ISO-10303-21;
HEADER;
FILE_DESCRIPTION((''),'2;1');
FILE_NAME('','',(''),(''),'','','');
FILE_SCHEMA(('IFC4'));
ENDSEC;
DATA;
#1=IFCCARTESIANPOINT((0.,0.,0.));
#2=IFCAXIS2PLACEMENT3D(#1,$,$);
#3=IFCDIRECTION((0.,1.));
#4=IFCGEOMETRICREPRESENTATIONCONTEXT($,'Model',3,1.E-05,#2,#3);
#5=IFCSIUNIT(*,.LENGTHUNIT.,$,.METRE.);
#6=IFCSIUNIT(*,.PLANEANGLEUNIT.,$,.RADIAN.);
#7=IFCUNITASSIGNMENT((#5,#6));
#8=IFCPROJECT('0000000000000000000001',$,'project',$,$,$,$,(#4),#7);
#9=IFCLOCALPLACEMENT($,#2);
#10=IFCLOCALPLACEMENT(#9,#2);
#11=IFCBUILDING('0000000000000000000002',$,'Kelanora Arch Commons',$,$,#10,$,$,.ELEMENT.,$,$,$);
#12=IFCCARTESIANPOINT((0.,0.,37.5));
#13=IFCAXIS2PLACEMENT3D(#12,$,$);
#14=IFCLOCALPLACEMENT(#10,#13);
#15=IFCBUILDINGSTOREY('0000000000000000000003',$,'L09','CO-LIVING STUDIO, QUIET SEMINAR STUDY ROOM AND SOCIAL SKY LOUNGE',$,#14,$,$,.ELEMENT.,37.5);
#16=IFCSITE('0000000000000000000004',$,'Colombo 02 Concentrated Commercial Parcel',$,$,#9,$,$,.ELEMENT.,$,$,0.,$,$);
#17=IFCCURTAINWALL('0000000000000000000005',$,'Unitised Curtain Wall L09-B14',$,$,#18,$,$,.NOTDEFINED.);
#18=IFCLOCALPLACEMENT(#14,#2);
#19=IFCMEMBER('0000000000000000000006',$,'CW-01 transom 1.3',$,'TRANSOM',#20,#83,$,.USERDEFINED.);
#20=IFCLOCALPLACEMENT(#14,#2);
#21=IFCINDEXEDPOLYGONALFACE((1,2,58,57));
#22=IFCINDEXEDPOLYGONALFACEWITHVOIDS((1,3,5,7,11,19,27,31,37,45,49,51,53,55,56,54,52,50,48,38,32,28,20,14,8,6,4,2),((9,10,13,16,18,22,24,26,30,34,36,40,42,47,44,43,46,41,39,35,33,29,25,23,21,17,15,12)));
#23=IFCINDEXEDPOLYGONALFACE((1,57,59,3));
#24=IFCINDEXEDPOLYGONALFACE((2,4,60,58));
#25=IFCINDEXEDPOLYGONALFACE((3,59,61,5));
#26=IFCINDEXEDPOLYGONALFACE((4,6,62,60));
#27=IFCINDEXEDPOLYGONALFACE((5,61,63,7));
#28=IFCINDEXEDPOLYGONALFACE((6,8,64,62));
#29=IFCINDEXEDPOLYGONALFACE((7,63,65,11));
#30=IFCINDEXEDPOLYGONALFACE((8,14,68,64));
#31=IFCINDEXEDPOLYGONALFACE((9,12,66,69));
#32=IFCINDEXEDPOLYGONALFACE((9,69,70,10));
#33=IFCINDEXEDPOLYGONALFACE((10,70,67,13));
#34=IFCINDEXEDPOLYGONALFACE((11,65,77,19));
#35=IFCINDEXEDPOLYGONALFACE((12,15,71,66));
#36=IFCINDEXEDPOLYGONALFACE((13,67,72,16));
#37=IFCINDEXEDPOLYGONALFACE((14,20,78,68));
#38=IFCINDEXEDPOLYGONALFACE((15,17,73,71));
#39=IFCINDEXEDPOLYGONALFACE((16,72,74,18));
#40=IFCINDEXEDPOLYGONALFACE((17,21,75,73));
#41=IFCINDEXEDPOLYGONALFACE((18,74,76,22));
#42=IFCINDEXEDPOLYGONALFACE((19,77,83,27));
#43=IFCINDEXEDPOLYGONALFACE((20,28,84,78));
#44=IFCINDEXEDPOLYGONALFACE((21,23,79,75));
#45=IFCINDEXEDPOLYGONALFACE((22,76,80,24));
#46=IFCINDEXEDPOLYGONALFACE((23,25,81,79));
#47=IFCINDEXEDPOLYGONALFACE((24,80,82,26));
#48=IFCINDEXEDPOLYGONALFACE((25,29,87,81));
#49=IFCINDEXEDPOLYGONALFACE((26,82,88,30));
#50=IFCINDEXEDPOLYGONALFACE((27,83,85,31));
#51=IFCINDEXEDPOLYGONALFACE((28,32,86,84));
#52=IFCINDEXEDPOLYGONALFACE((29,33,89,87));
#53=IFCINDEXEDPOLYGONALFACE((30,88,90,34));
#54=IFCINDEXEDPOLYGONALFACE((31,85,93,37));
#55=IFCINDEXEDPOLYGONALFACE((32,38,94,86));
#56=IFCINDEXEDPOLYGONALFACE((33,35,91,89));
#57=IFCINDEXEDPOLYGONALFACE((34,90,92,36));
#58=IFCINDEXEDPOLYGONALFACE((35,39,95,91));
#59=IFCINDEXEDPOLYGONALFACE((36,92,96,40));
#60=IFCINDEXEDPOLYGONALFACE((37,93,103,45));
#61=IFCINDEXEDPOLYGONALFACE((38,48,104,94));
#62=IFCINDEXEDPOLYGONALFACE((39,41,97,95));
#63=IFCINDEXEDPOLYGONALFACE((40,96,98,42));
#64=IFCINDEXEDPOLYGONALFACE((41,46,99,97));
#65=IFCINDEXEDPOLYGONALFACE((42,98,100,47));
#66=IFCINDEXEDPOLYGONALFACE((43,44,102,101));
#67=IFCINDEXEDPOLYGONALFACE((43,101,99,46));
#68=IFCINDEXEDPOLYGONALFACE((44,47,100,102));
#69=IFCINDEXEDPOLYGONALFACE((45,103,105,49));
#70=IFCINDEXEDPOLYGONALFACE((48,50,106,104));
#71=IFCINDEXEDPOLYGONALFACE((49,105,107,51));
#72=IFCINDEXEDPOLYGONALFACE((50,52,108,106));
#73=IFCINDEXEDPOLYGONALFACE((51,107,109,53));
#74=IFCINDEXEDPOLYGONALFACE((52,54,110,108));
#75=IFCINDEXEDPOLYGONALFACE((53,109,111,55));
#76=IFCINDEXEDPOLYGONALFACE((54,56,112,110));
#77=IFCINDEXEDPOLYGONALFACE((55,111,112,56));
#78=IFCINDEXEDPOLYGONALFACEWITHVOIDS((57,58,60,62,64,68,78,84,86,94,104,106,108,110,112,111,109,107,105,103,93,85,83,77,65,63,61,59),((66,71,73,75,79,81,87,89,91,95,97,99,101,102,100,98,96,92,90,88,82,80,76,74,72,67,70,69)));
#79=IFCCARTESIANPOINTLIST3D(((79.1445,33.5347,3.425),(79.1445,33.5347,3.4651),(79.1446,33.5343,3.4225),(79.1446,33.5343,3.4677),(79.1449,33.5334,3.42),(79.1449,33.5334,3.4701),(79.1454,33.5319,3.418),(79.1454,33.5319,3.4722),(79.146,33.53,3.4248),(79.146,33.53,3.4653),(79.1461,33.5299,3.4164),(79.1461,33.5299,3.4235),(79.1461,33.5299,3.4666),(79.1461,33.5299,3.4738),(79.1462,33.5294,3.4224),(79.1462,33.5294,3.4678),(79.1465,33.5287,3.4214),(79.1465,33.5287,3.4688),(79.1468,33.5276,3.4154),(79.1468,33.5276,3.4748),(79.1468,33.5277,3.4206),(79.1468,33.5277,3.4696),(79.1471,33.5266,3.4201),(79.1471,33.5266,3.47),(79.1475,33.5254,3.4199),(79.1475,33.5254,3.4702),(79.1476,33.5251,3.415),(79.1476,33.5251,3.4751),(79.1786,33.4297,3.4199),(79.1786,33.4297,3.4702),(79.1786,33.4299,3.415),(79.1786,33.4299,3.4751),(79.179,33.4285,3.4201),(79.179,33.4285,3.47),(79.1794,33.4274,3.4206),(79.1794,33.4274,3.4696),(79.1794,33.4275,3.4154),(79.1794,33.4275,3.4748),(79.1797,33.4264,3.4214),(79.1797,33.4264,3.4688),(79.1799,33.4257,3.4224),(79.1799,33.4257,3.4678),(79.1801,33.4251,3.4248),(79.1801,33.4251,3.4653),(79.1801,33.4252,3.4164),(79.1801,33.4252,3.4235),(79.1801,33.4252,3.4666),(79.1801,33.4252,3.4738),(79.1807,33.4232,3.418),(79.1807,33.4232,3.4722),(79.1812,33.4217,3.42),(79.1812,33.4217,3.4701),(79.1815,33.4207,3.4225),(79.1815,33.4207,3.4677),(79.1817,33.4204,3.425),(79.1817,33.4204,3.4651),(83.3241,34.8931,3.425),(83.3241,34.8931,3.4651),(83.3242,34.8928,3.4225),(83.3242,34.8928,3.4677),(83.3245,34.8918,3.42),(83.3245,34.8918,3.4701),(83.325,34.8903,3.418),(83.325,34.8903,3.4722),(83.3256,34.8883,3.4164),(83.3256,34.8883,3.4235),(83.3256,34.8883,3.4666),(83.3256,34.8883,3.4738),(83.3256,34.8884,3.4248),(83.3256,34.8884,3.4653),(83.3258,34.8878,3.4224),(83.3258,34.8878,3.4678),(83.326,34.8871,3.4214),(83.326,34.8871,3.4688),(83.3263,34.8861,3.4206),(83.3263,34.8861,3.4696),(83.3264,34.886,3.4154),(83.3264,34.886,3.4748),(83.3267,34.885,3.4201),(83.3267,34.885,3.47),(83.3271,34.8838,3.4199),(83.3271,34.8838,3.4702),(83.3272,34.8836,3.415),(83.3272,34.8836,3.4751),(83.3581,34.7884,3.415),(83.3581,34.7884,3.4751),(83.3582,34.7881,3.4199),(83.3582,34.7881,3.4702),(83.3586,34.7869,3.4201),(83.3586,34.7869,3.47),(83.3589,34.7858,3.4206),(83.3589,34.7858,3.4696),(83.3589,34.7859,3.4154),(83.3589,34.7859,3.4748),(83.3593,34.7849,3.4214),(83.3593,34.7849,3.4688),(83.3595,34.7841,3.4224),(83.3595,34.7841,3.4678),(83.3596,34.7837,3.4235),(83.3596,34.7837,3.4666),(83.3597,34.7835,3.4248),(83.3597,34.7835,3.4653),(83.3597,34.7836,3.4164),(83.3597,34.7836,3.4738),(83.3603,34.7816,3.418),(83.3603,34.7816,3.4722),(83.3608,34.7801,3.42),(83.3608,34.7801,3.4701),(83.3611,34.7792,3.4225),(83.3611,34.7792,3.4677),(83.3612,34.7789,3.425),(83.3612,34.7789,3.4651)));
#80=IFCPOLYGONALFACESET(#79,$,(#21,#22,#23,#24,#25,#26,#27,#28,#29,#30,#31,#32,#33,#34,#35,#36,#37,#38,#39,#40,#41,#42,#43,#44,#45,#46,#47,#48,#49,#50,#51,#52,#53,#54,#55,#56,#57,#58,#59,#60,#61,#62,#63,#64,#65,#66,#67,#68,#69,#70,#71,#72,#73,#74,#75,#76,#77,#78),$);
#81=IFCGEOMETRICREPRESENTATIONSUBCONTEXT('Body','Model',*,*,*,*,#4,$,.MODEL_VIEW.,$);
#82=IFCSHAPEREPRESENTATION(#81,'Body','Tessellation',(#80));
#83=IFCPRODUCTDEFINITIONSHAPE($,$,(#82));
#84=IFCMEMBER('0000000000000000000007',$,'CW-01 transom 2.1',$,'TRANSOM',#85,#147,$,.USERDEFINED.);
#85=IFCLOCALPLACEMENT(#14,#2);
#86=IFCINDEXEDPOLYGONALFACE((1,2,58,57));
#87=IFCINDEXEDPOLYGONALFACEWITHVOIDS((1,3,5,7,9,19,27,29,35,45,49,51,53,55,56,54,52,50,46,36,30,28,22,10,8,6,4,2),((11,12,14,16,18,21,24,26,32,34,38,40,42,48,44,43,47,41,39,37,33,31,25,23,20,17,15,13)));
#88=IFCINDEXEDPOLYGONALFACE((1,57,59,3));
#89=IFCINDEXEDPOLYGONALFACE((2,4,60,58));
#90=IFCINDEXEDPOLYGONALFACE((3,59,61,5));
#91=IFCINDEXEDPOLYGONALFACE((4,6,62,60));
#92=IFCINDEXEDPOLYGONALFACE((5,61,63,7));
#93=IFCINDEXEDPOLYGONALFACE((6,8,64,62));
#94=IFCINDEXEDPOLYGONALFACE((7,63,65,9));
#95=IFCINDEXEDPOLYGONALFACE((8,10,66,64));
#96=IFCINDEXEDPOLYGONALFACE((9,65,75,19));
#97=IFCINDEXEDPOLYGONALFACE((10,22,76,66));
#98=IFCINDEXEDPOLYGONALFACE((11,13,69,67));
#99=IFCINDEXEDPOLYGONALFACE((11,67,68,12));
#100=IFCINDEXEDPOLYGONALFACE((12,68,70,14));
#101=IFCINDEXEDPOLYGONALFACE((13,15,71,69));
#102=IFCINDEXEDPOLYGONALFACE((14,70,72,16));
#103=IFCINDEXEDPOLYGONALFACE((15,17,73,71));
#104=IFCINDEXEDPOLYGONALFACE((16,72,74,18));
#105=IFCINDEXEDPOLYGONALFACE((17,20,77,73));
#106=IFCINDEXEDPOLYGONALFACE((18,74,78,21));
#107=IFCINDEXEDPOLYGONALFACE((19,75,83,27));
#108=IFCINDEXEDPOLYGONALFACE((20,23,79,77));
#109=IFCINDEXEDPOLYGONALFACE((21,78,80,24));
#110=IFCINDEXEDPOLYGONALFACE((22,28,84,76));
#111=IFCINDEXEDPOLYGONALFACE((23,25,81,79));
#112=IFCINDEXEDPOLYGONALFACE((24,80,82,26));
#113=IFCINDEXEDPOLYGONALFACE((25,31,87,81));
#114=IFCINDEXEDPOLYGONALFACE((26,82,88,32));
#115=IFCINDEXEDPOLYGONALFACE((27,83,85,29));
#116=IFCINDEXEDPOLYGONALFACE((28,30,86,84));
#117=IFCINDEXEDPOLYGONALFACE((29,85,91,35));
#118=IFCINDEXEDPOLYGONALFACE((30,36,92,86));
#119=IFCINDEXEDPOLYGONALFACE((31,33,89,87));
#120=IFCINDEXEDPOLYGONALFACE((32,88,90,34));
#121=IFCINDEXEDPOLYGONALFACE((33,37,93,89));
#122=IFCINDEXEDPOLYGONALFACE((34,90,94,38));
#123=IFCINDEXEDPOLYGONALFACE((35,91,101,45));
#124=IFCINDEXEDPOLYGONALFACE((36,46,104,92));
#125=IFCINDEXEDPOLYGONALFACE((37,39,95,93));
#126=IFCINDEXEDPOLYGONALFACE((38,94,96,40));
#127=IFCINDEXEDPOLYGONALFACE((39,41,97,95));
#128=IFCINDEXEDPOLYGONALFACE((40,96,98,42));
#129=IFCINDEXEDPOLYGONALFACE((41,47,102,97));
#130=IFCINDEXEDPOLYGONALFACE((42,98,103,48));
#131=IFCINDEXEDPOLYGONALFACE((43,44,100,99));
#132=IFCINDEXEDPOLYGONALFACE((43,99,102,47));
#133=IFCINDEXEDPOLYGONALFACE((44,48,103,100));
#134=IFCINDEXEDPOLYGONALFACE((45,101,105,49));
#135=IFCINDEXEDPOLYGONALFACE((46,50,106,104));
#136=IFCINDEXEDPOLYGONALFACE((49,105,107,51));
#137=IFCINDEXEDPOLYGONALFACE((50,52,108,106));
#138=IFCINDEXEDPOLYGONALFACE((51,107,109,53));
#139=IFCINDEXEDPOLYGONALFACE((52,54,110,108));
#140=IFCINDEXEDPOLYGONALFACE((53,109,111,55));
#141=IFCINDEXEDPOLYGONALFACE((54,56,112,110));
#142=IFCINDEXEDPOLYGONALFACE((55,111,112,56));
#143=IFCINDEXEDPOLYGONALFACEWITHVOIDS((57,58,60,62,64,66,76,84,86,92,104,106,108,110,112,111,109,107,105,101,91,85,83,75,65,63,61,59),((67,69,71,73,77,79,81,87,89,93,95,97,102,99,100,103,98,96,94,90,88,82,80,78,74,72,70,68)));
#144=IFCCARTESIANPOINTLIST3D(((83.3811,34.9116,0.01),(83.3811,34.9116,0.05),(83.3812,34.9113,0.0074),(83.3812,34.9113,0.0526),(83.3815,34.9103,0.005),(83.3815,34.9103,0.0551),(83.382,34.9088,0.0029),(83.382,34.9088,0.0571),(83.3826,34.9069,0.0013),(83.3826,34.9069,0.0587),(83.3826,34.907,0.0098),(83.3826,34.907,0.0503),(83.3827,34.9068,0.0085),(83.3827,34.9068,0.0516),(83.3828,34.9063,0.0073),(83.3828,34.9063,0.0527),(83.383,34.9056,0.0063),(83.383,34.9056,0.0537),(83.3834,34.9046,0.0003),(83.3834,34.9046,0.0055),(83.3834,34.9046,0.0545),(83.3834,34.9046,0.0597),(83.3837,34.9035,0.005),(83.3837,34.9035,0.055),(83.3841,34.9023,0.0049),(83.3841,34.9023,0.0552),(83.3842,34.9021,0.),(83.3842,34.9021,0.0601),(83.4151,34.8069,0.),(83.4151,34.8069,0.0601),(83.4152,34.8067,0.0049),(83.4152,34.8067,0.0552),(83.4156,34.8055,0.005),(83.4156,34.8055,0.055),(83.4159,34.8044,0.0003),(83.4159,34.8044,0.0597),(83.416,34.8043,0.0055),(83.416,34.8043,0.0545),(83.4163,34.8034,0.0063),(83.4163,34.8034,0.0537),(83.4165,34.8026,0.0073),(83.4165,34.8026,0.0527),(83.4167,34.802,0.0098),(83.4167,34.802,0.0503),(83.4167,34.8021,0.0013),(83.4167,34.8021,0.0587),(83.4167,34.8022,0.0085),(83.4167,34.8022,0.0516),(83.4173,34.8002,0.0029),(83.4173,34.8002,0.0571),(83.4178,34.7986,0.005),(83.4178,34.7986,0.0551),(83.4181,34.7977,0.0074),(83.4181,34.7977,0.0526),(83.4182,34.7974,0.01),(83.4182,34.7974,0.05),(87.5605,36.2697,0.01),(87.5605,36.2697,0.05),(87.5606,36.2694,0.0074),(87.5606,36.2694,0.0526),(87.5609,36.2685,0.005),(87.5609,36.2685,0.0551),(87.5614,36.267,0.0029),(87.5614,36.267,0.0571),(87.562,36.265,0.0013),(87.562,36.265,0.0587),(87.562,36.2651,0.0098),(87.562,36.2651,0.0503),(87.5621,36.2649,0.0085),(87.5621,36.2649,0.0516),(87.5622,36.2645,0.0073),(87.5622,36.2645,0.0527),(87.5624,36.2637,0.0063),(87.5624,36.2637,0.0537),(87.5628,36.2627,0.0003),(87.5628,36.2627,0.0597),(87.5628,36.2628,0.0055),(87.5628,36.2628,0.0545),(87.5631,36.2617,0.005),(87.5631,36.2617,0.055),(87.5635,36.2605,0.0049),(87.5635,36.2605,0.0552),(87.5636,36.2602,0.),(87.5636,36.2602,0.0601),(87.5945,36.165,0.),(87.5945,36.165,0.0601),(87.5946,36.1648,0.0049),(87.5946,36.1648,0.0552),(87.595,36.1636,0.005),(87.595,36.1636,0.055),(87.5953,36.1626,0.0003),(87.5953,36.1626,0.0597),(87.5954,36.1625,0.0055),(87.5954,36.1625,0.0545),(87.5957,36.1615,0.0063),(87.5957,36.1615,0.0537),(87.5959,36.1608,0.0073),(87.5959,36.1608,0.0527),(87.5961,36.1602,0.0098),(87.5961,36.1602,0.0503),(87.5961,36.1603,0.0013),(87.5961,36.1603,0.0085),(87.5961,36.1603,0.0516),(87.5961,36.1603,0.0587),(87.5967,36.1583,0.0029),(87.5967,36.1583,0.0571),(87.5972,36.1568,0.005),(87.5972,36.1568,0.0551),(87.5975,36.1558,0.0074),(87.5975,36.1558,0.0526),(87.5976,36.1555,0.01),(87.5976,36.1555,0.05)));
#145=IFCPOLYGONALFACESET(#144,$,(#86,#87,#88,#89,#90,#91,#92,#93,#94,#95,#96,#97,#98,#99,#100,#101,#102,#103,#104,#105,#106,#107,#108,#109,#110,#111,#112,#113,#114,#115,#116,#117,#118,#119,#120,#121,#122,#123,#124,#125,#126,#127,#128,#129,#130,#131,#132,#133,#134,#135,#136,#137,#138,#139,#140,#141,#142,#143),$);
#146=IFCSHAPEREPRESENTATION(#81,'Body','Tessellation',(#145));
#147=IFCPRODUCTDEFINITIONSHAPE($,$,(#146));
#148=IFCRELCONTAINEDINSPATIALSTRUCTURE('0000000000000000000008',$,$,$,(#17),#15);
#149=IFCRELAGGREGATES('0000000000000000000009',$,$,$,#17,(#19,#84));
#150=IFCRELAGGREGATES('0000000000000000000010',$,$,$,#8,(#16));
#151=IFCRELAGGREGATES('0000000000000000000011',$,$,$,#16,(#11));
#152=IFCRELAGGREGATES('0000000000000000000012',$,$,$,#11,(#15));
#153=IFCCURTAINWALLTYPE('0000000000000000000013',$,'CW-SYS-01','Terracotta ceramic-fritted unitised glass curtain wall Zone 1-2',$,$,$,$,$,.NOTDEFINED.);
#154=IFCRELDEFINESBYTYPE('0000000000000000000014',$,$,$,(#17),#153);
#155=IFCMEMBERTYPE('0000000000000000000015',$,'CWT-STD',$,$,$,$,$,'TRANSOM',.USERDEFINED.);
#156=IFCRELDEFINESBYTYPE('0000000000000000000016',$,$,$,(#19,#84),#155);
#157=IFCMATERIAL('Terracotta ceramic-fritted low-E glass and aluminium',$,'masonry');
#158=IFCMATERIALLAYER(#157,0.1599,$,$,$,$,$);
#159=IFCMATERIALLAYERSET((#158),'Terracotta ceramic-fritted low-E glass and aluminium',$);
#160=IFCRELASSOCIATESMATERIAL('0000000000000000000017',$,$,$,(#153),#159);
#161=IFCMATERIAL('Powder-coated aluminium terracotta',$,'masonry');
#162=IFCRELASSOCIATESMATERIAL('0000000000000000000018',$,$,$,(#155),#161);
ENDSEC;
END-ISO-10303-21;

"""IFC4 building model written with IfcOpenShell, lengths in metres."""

from ifc_helpers import new_model, si_unit, direction, frame, origin, origin_2d, place, context, subcontext, project, spatial, hollow_rectangle, extrude, material, layer, layer_set, material_profile, profile_set, type_object, element, aggregate, save


model = new_model("IFC4")

# Units and contexts
model_context = context("Model", 3, precision=1e-05, world=origin(), true_north=direction((0.0, 1.0)))
body_context = subcontext(model_context, "Body", "Model", "MODEL_VIEW")
ifc_project = project(units=[si_unit("LENGTHUNIT", "METRE"), si_unit("PLANEANGLEUNIT", "RADIAN")], contexts=[model_context])

# Site, building, storey
site_placement = place(None, origin())
site = spatial("IfcSite", under=ifc_project, at=site_placement, Name="Colombo 02 Concentrated Commercial Parcel", CompositionType="ELEMENT", RefElevation=0.0)
building_placement = place(site_placement, origin())
building = spatial("IfcBuilding", under=site, at=building_placement, Name="Kelanora Arch Commons", CompositionType="ELEMENT")
storey_placement = place(building_placement, frame((0.0, 0.0, 37.5)))
storey = spatial("IfcBuildingStorey", under=building, at=storey_placement, Name="L09", Description="CO-LIVING STUDIO, QUIET SEMINAR STUDY ROOM AND SOCIAL SKY LOUNGE", CompositionType="ELEMENT", Elevation=37.5)

# Curtain wall, members
ifc_material_1 = material(Name="Terracotta ceramic-fritted low-E glass and aluminium", Category="masonry")
ifc_layer_1 = layer(ifc_material_1, 0.1599)
ifc_layer_set_1 = layer_set([ifc_layer_1], Name="Terracotta ceramic-fritted low-E glass and aluminium")
curtain_wall_type = type_object("IfcCurtainWallType", Name="CW-SYS-01", Description="Terracotta ceramic-fritted unitised glass curtain wall Zone 1-2", PredefinedType="NOTDEFINED", material=ifc_layer_set_1)
curtain_wall_placement = place(storey_placement, origin())
curtain_wall = element("IfcCurtainWall", 1, at=curtain_wall_placement, inside=storey, type_object=curtain_wall_type, Name="Unitised Curtain Wall L09-B14", PredefinedType="NOTDEFINED")
ifc_material_2 = material(Name="Powder-coated aluminium terracotta", Category="masonry")
ifc_material_profile_1 = material_profile(ifc_material_2, hollow_rectangle(XDim=0.1201, YDim=0.0601, WallThickness=0.0049, InnerFilletRadius=0.0049, OuterFilletRadius=0.01, at=origin_2d()), Name="CWT120x60")
ifc_profile_set_1 = profile_set([ifc_material_profile_1], Name="Powder-coated aluminium terracotta")
member_type_1 = type_object("IfcMemberType", Name="CWT-STD", ElementType="TRANSOM", PredefinedType="USERDEFINED", material=ifc_profile_set_1)
member_1_placement = place(storey_placement, frame((79.1631, 33.4775, 3.4451), z_axis=(0.951029, 0.309102, 0.0), x_axis=(-0.309102, 0.951029, 0.0)))
member_1 = element("IfcMember", 2, at=member_1_placement, type_object=member_type_1, Name="CW-01 transom 1.3", ObjectType="TRANSOM", PredefinedType="USERDEFINED", context=body_context, shape_type="SweptSolid", body=[
    extrude(hollow_rectangle(XDim=0.1201, YDim=0.0601, WallThickness=0.0049, InnerFilletRadius=0.0049, OuterFilletRadius=0.01, at=origin_2d()), origin(), (0.0, 0.0, 1.0), 4.3948),
])
member_2_placement = place(storey_placement, frame((83.3997, 34.8545, 0.03), z_axis=(0.951045, 0.309052, 0.0), x_axis=(-0.309052, 0.951045, 0.0)))
member_2 = element("IfcMember", 3, at=member_2_placement, type_object=member_type_1, Name="CW-01 transom 2.1", ObjectType="TRANSOM", PredefinedType="USERDEFINED", context=body_context, shape_type="SweptSolid", body=[
    extrude(hollow_rectangle(XDim=0.1201, YDim=0.0601, WallThickness=0.0049, InnerFilletRadius=0.0049, OuterFilletRadius=0.01, at=origin_2d()), origin(), (0.0, 0.0, 1.0), 4.3945),
])
aggregate(curtain_wall, [member_1, member_2])

save(model, "model.ifc")
